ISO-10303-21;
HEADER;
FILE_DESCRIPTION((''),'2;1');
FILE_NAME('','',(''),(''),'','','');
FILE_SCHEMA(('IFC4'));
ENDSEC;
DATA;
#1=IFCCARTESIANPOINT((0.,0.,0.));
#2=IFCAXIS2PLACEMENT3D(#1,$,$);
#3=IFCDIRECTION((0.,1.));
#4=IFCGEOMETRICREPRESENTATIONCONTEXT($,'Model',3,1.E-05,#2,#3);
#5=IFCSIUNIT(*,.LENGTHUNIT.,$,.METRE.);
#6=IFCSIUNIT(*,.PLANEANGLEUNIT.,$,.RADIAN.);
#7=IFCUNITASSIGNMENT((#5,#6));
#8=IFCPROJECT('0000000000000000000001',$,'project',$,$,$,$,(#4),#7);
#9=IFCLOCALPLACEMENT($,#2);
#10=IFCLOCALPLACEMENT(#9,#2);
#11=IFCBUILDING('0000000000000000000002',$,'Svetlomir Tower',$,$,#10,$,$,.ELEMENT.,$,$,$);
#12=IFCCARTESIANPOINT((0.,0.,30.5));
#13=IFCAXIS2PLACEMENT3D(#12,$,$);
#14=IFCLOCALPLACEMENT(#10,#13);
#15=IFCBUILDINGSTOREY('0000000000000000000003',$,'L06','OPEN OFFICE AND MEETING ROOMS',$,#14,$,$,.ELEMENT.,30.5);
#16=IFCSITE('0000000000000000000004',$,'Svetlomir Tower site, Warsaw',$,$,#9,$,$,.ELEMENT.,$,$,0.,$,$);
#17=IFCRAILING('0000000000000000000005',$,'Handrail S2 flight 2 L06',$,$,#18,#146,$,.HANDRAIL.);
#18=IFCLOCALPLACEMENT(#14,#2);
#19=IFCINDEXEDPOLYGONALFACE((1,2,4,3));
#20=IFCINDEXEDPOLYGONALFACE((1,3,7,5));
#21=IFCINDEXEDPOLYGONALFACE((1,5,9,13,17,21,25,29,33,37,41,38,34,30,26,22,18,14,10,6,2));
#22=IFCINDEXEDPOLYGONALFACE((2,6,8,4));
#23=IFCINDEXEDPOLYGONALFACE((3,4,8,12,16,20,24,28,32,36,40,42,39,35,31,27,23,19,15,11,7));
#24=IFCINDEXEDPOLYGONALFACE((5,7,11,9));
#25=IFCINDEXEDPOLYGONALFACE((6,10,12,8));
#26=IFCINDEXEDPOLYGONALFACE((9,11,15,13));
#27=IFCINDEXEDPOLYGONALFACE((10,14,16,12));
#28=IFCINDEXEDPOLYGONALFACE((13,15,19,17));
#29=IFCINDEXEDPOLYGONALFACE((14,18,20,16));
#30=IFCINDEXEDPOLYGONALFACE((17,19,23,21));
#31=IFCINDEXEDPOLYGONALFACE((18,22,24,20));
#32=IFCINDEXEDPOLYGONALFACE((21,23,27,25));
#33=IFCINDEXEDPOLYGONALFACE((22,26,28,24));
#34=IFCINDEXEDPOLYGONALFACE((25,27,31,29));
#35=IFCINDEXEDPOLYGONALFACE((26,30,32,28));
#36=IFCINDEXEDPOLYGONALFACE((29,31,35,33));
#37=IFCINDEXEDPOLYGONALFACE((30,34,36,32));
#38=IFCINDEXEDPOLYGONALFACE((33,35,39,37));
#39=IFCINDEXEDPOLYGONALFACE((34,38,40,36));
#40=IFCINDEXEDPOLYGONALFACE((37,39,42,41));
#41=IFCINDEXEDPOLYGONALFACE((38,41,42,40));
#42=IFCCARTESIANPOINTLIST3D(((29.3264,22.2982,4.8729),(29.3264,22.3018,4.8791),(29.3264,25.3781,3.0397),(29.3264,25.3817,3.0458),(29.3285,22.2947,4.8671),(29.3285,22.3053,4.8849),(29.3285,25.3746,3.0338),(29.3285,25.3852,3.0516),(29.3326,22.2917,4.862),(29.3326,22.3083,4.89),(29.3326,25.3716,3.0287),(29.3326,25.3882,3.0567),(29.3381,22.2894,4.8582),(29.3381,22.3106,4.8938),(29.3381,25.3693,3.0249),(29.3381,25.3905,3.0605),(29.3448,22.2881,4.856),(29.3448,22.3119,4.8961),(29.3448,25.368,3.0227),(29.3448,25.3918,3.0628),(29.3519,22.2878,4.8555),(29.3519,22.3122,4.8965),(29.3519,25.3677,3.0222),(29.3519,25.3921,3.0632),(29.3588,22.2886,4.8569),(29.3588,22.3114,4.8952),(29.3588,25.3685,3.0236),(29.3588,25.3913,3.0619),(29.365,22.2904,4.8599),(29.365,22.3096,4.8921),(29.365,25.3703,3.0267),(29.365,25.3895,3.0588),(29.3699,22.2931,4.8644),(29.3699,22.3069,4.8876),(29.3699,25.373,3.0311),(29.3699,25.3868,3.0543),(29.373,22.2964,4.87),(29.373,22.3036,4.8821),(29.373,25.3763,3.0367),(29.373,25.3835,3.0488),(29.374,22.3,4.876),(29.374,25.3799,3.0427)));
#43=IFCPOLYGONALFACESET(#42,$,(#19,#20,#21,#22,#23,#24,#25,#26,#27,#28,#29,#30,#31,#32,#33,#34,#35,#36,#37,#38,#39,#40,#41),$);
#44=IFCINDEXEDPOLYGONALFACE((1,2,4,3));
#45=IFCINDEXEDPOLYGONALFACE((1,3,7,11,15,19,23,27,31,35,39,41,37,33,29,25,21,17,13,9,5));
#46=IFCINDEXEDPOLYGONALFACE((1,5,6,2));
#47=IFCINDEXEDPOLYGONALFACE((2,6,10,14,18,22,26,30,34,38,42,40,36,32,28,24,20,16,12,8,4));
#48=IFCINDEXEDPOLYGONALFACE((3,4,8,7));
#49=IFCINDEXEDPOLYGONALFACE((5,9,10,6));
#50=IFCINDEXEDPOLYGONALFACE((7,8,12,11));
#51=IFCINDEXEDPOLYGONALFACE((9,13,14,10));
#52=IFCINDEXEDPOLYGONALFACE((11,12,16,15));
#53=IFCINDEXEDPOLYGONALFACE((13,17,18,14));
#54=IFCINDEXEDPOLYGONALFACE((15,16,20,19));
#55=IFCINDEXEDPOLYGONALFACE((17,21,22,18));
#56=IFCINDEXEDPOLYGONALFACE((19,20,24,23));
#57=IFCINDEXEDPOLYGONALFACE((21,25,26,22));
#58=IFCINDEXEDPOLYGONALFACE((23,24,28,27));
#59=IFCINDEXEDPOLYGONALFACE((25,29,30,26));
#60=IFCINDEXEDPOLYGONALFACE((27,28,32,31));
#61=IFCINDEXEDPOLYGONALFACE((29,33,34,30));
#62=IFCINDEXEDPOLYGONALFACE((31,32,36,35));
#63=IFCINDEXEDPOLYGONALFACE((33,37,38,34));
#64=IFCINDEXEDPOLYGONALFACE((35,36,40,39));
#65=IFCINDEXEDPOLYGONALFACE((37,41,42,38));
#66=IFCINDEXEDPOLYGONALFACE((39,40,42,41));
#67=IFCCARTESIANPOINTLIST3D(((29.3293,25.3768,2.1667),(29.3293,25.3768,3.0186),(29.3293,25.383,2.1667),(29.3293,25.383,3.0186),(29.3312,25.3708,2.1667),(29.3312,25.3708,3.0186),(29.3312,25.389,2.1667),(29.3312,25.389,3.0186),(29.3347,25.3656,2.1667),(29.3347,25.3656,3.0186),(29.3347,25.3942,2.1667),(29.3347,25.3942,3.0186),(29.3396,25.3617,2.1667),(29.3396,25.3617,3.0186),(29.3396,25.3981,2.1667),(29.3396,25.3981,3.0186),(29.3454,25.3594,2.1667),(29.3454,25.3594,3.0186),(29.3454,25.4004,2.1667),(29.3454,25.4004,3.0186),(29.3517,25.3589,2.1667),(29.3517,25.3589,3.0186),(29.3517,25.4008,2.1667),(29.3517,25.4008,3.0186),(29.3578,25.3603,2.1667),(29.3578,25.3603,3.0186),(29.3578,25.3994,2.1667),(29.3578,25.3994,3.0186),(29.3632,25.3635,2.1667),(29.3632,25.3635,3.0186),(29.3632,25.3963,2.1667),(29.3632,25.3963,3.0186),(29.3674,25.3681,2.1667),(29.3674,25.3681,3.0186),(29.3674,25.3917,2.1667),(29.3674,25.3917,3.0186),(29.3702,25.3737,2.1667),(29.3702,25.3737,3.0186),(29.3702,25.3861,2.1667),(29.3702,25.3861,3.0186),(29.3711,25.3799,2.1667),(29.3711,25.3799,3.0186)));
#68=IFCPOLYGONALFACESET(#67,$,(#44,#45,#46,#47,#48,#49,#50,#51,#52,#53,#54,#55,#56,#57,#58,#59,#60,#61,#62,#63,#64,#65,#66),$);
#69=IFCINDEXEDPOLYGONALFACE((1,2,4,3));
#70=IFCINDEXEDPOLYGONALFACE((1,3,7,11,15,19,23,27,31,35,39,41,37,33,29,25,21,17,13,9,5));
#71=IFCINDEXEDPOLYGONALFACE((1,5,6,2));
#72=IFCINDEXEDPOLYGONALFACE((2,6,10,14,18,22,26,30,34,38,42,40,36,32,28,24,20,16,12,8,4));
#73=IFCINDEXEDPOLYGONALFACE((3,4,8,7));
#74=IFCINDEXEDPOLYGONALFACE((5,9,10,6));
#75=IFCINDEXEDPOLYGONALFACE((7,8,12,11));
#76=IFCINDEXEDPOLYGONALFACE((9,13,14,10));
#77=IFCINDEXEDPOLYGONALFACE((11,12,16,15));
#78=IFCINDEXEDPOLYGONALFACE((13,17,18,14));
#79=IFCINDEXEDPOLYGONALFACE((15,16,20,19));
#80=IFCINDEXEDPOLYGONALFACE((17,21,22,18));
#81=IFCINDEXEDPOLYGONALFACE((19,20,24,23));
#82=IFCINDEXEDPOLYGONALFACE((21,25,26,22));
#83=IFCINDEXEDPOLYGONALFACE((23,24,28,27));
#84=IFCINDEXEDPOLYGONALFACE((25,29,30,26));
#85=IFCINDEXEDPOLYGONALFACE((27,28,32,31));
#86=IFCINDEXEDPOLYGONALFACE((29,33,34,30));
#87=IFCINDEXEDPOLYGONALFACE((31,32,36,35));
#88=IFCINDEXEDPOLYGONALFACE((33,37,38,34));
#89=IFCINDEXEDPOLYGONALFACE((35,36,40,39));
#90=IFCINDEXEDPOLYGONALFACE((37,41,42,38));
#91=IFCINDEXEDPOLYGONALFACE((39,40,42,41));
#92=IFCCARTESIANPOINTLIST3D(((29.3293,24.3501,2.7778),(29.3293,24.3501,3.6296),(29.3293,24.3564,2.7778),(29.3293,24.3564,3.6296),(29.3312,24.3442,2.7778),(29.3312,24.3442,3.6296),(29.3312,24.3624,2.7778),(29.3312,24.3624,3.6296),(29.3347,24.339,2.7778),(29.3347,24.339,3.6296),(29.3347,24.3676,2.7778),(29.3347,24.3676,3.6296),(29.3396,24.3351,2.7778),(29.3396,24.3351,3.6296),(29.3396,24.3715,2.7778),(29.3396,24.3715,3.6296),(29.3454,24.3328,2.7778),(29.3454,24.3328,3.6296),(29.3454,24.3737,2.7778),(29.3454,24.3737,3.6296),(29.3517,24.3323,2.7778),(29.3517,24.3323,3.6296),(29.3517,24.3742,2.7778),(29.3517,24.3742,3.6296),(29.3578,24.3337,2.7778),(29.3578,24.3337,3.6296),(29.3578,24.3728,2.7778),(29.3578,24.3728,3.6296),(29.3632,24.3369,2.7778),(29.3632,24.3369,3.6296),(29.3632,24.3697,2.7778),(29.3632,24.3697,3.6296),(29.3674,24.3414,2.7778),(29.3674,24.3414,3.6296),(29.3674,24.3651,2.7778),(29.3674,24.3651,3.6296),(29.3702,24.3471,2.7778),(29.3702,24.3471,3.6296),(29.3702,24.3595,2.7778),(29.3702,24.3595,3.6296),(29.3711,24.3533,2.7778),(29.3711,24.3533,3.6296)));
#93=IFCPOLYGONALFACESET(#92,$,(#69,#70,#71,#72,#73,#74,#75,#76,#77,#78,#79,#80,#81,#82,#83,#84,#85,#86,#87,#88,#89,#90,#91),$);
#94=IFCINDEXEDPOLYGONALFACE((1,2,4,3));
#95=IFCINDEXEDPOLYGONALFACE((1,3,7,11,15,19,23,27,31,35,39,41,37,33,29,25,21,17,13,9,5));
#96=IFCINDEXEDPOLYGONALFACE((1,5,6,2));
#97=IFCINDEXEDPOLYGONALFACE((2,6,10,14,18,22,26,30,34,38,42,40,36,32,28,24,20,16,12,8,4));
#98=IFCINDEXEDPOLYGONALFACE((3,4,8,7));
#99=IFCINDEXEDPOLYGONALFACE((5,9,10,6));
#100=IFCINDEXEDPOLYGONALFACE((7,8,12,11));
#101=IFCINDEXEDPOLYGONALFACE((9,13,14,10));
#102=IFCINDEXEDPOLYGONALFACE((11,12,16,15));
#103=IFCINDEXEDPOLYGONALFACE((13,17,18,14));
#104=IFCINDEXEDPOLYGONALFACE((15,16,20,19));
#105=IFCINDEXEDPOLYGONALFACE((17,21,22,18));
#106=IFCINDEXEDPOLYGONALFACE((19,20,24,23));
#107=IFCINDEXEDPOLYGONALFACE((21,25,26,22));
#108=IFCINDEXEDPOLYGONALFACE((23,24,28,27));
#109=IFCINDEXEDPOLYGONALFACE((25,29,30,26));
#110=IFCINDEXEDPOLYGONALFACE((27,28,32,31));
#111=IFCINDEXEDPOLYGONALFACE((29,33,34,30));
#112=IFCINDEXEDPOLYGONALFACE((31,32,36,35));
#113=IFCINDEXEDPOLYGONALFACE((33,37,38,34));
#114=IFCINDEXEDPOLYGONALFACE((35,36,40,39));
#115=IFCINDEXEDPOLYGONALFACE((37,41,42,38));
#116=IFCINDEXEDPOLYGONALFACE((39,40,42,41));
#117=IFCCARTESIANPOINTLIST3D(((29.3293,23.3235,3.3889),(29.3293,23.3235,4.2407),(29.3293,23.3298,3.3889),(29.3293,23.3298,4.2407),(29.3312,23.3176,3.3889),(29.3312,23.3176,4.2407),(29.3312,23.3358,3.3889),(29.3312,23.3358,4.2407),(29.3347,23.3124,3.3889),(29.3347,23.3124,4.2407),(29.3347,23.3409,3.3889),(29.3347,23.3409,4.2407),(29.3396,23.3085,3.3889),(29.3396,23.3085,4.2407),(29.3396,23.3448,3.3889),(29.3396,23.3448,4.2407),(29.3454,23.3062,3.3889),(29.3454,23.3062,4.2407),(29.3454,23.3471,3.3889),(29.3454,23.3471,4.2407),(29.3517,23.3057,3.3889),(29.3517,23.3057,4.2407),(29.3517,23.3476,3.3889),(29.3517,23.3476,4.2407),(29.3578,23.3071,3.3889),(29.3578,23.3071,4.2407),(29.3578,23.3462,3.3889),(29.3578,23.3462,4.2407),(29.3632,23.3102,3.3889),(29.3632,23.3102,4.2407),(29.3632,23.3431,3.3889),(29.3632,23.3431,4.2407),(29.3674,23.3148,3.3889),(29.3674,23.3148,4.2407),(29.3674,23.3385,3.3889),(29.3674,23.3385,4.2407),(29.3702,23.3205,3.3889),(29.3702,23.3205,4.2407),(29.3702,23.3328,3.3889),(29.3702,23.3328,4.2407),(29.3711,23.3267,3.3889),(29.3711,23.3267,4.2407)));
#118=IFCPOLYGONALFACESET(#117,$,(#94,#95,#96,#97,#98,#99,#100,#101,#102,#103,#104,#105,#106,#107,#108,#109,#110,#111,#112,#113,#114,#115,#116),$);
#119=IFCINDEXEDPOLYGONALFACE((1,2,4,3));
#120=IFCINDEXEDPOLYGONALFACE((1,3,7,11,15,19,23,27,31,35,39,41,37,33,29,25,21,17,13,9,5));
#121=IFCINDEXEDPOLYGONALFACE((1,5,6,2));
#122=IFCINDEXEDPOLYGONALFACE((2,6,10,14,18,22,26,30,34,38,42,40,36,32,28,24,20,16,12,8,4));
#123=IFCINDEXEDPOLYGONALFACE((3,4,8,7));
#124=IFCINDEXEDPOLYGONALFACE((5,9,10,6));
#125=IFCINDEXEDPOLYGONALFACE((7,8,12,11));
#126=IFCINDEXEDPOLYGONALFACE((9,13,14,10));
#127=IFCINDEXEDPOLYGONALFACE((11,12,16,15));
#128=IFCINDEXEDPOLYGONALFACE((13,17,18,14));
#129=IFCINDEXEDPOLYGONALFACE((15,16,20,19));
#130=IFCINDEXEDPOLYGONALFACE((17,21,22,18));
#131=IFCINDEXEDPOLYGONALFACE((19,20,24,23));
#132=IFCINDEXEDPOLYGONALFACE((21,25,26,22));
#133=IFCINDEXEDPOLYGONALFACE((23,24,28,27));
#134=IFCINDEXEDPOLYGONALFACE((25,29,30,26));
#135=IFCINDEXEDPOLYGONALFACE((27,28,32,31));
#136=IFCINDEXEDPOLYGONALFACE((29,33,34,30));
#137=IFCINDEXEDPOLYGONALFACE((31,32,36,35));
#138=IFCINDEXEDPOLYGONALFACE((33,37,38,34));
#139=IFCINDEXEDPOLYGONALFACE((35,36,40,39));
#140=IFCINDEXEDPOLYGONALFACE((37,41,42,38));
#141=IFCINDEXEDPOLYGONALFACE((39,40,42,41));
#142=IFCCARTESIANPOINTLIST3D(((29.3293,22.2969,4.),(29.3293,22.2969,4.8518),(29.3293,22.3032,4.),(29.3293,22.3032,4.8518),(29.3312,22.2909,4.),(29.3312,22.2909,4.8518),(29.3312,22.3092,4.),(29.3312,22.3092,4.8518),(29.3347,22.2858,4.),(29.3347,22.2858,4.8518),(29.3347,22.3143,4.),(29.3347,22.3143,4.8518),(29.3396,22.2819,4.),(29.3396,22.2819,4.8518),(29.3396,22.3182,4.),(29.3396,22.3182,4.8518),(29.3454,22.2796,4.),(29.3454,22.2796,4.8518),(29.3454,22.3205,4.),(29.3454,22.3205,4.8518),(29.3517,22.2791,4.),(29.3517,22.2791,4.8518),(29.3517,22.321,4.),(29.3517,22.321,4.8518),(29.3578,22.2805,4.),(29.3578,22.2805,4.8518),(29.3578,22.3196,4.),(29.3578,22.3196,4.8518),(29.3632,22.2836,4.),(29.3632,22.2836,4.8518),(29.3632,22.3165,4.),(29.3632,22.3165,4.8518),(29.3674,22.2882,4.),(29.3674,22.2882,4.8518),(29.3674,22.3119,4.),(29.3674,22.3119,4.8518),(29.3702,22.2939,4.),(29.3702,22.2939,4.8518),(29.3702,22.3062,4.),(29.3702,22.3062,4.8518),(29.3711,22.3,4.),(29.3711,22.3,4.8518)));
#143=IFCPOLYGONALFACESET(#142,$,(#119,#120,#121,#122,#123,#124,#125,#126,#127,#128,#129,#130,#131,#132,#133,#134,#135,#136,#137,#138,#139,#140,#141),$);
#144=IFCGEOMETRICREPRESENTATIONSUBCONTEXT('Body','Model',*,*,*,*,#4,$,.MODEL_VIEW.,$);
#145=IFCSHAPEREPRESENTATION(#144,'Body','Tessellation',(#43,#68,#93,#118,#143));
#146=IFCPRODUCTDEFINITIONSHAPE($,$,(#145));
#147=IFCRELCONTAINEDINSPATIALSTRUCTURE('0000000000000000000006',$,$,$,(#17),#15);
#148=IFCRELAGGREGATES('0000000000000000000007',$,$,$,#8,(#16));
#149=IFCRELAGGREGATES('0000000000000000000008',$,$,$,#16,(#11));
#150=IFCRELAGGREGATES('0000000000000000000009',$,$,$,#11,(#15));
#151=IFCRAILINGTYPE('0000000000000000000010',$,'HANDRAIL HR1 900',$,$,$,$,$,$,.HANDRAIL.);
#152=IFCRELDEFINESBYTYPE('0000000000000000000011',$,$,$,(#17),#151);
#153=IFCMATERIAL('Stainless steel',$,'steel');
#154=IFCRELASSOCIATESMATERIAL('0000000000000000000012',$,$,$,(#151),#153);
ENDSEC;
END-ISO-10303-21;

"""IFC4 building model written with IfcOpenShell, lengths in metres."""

from ifc_helpers import new_model, si_unit, direction, frame, origin, origin_2d, place, context, subcontext, project, spatial, circle, extrude, material, type_object, element, save


model = new_model("IFC4")

# Units and contexts
model_context = context("Model", 3, precision=1e-05, world=origin(), true_north=direction((0.0, 1.0)))
body_context = subcontext(model_context, "Body", "Model", "MODEL_VIEW")
ifc_project = project(units=[si_unit("LENGTHUNIT", "METRE"), si_unit("PLANEANGLEUNIT", "RADIAN")], contexts=[model_context])

# Site, building, storey
site_placement = place(None, origin())
site = spatial("IfcSite", under=ifc_project, at=site_placement, Name="Svetlomir Tower site, Warsaw", CompositionType="ELEMENT", RefElevation=0.0)
building_placement = place(site_placement, origin())
building = spatial("IfcBuilding", under=site, at=building_placement, Name="Svetlomir Tower", CompositionType="ELEMENT")
storey_placement = place(building_placement, frame((0.0, 0.0, 30.5)))
storey = spatial("IfcBuildingStorey", under=building, at=storey_placement, Name="L06", Description="OPEN OFFICE AND MEETING ROOMS", CompositionType="ELEMENT", Elevation=30.5)

# Railing
ifc_material_1 = material(Name="Stainless steel", Category="steel")
railing_type = type_object("IfcRailingType", Name="HANDRAIL HR1 900", PredefinedType="HANDRAIL", material=ifc_material_1)
railing_1_placement = place(storey_placement, frame((29.3501, 25.3799, 2.1667)))
element("IfcRailing", 1, at=railing_1_placement, inside=storey, type_object=railing_type, Name="Handrail S2 flight 2 L06", PredefinedType="HANDRAIL", context=body_context, shape_type="SweptSolid", body=[
    extrude(circle(Radius=0.0239, at=origin_2d()), frame((0.0, 0.0, 0.876), z_axis=(0.0, -0.859291, 0.511487), x_axis=(1.0, 0.0, 0.0)), (0.0, 0.0, 1.0), 3.5842),
    extrude(circle(Radius=0.021, at=origin_2d()), origin(), (0.0, 0.0, 1.0), 0.8518),
    extrude(circle(Radius=0.021, at=origin_2d()), frame((0.0, -1.0266, 0.6111)), (0.0, 0.0, 1.0), 0.8518),
    extrude(circle(Radius=0.021, at=origin_2d()), frame((0.0, -2.0532, 1.2222)), (0.0, 0.0, 1.0), 0.8518),
    extrude(circle(Radius=0.021, at=origin_2d()), frame((0.0, -3.0798, 1.8333)), (0.0, 0.0, 1.0), 0.8518),
])

save(model, "model.ifc")
